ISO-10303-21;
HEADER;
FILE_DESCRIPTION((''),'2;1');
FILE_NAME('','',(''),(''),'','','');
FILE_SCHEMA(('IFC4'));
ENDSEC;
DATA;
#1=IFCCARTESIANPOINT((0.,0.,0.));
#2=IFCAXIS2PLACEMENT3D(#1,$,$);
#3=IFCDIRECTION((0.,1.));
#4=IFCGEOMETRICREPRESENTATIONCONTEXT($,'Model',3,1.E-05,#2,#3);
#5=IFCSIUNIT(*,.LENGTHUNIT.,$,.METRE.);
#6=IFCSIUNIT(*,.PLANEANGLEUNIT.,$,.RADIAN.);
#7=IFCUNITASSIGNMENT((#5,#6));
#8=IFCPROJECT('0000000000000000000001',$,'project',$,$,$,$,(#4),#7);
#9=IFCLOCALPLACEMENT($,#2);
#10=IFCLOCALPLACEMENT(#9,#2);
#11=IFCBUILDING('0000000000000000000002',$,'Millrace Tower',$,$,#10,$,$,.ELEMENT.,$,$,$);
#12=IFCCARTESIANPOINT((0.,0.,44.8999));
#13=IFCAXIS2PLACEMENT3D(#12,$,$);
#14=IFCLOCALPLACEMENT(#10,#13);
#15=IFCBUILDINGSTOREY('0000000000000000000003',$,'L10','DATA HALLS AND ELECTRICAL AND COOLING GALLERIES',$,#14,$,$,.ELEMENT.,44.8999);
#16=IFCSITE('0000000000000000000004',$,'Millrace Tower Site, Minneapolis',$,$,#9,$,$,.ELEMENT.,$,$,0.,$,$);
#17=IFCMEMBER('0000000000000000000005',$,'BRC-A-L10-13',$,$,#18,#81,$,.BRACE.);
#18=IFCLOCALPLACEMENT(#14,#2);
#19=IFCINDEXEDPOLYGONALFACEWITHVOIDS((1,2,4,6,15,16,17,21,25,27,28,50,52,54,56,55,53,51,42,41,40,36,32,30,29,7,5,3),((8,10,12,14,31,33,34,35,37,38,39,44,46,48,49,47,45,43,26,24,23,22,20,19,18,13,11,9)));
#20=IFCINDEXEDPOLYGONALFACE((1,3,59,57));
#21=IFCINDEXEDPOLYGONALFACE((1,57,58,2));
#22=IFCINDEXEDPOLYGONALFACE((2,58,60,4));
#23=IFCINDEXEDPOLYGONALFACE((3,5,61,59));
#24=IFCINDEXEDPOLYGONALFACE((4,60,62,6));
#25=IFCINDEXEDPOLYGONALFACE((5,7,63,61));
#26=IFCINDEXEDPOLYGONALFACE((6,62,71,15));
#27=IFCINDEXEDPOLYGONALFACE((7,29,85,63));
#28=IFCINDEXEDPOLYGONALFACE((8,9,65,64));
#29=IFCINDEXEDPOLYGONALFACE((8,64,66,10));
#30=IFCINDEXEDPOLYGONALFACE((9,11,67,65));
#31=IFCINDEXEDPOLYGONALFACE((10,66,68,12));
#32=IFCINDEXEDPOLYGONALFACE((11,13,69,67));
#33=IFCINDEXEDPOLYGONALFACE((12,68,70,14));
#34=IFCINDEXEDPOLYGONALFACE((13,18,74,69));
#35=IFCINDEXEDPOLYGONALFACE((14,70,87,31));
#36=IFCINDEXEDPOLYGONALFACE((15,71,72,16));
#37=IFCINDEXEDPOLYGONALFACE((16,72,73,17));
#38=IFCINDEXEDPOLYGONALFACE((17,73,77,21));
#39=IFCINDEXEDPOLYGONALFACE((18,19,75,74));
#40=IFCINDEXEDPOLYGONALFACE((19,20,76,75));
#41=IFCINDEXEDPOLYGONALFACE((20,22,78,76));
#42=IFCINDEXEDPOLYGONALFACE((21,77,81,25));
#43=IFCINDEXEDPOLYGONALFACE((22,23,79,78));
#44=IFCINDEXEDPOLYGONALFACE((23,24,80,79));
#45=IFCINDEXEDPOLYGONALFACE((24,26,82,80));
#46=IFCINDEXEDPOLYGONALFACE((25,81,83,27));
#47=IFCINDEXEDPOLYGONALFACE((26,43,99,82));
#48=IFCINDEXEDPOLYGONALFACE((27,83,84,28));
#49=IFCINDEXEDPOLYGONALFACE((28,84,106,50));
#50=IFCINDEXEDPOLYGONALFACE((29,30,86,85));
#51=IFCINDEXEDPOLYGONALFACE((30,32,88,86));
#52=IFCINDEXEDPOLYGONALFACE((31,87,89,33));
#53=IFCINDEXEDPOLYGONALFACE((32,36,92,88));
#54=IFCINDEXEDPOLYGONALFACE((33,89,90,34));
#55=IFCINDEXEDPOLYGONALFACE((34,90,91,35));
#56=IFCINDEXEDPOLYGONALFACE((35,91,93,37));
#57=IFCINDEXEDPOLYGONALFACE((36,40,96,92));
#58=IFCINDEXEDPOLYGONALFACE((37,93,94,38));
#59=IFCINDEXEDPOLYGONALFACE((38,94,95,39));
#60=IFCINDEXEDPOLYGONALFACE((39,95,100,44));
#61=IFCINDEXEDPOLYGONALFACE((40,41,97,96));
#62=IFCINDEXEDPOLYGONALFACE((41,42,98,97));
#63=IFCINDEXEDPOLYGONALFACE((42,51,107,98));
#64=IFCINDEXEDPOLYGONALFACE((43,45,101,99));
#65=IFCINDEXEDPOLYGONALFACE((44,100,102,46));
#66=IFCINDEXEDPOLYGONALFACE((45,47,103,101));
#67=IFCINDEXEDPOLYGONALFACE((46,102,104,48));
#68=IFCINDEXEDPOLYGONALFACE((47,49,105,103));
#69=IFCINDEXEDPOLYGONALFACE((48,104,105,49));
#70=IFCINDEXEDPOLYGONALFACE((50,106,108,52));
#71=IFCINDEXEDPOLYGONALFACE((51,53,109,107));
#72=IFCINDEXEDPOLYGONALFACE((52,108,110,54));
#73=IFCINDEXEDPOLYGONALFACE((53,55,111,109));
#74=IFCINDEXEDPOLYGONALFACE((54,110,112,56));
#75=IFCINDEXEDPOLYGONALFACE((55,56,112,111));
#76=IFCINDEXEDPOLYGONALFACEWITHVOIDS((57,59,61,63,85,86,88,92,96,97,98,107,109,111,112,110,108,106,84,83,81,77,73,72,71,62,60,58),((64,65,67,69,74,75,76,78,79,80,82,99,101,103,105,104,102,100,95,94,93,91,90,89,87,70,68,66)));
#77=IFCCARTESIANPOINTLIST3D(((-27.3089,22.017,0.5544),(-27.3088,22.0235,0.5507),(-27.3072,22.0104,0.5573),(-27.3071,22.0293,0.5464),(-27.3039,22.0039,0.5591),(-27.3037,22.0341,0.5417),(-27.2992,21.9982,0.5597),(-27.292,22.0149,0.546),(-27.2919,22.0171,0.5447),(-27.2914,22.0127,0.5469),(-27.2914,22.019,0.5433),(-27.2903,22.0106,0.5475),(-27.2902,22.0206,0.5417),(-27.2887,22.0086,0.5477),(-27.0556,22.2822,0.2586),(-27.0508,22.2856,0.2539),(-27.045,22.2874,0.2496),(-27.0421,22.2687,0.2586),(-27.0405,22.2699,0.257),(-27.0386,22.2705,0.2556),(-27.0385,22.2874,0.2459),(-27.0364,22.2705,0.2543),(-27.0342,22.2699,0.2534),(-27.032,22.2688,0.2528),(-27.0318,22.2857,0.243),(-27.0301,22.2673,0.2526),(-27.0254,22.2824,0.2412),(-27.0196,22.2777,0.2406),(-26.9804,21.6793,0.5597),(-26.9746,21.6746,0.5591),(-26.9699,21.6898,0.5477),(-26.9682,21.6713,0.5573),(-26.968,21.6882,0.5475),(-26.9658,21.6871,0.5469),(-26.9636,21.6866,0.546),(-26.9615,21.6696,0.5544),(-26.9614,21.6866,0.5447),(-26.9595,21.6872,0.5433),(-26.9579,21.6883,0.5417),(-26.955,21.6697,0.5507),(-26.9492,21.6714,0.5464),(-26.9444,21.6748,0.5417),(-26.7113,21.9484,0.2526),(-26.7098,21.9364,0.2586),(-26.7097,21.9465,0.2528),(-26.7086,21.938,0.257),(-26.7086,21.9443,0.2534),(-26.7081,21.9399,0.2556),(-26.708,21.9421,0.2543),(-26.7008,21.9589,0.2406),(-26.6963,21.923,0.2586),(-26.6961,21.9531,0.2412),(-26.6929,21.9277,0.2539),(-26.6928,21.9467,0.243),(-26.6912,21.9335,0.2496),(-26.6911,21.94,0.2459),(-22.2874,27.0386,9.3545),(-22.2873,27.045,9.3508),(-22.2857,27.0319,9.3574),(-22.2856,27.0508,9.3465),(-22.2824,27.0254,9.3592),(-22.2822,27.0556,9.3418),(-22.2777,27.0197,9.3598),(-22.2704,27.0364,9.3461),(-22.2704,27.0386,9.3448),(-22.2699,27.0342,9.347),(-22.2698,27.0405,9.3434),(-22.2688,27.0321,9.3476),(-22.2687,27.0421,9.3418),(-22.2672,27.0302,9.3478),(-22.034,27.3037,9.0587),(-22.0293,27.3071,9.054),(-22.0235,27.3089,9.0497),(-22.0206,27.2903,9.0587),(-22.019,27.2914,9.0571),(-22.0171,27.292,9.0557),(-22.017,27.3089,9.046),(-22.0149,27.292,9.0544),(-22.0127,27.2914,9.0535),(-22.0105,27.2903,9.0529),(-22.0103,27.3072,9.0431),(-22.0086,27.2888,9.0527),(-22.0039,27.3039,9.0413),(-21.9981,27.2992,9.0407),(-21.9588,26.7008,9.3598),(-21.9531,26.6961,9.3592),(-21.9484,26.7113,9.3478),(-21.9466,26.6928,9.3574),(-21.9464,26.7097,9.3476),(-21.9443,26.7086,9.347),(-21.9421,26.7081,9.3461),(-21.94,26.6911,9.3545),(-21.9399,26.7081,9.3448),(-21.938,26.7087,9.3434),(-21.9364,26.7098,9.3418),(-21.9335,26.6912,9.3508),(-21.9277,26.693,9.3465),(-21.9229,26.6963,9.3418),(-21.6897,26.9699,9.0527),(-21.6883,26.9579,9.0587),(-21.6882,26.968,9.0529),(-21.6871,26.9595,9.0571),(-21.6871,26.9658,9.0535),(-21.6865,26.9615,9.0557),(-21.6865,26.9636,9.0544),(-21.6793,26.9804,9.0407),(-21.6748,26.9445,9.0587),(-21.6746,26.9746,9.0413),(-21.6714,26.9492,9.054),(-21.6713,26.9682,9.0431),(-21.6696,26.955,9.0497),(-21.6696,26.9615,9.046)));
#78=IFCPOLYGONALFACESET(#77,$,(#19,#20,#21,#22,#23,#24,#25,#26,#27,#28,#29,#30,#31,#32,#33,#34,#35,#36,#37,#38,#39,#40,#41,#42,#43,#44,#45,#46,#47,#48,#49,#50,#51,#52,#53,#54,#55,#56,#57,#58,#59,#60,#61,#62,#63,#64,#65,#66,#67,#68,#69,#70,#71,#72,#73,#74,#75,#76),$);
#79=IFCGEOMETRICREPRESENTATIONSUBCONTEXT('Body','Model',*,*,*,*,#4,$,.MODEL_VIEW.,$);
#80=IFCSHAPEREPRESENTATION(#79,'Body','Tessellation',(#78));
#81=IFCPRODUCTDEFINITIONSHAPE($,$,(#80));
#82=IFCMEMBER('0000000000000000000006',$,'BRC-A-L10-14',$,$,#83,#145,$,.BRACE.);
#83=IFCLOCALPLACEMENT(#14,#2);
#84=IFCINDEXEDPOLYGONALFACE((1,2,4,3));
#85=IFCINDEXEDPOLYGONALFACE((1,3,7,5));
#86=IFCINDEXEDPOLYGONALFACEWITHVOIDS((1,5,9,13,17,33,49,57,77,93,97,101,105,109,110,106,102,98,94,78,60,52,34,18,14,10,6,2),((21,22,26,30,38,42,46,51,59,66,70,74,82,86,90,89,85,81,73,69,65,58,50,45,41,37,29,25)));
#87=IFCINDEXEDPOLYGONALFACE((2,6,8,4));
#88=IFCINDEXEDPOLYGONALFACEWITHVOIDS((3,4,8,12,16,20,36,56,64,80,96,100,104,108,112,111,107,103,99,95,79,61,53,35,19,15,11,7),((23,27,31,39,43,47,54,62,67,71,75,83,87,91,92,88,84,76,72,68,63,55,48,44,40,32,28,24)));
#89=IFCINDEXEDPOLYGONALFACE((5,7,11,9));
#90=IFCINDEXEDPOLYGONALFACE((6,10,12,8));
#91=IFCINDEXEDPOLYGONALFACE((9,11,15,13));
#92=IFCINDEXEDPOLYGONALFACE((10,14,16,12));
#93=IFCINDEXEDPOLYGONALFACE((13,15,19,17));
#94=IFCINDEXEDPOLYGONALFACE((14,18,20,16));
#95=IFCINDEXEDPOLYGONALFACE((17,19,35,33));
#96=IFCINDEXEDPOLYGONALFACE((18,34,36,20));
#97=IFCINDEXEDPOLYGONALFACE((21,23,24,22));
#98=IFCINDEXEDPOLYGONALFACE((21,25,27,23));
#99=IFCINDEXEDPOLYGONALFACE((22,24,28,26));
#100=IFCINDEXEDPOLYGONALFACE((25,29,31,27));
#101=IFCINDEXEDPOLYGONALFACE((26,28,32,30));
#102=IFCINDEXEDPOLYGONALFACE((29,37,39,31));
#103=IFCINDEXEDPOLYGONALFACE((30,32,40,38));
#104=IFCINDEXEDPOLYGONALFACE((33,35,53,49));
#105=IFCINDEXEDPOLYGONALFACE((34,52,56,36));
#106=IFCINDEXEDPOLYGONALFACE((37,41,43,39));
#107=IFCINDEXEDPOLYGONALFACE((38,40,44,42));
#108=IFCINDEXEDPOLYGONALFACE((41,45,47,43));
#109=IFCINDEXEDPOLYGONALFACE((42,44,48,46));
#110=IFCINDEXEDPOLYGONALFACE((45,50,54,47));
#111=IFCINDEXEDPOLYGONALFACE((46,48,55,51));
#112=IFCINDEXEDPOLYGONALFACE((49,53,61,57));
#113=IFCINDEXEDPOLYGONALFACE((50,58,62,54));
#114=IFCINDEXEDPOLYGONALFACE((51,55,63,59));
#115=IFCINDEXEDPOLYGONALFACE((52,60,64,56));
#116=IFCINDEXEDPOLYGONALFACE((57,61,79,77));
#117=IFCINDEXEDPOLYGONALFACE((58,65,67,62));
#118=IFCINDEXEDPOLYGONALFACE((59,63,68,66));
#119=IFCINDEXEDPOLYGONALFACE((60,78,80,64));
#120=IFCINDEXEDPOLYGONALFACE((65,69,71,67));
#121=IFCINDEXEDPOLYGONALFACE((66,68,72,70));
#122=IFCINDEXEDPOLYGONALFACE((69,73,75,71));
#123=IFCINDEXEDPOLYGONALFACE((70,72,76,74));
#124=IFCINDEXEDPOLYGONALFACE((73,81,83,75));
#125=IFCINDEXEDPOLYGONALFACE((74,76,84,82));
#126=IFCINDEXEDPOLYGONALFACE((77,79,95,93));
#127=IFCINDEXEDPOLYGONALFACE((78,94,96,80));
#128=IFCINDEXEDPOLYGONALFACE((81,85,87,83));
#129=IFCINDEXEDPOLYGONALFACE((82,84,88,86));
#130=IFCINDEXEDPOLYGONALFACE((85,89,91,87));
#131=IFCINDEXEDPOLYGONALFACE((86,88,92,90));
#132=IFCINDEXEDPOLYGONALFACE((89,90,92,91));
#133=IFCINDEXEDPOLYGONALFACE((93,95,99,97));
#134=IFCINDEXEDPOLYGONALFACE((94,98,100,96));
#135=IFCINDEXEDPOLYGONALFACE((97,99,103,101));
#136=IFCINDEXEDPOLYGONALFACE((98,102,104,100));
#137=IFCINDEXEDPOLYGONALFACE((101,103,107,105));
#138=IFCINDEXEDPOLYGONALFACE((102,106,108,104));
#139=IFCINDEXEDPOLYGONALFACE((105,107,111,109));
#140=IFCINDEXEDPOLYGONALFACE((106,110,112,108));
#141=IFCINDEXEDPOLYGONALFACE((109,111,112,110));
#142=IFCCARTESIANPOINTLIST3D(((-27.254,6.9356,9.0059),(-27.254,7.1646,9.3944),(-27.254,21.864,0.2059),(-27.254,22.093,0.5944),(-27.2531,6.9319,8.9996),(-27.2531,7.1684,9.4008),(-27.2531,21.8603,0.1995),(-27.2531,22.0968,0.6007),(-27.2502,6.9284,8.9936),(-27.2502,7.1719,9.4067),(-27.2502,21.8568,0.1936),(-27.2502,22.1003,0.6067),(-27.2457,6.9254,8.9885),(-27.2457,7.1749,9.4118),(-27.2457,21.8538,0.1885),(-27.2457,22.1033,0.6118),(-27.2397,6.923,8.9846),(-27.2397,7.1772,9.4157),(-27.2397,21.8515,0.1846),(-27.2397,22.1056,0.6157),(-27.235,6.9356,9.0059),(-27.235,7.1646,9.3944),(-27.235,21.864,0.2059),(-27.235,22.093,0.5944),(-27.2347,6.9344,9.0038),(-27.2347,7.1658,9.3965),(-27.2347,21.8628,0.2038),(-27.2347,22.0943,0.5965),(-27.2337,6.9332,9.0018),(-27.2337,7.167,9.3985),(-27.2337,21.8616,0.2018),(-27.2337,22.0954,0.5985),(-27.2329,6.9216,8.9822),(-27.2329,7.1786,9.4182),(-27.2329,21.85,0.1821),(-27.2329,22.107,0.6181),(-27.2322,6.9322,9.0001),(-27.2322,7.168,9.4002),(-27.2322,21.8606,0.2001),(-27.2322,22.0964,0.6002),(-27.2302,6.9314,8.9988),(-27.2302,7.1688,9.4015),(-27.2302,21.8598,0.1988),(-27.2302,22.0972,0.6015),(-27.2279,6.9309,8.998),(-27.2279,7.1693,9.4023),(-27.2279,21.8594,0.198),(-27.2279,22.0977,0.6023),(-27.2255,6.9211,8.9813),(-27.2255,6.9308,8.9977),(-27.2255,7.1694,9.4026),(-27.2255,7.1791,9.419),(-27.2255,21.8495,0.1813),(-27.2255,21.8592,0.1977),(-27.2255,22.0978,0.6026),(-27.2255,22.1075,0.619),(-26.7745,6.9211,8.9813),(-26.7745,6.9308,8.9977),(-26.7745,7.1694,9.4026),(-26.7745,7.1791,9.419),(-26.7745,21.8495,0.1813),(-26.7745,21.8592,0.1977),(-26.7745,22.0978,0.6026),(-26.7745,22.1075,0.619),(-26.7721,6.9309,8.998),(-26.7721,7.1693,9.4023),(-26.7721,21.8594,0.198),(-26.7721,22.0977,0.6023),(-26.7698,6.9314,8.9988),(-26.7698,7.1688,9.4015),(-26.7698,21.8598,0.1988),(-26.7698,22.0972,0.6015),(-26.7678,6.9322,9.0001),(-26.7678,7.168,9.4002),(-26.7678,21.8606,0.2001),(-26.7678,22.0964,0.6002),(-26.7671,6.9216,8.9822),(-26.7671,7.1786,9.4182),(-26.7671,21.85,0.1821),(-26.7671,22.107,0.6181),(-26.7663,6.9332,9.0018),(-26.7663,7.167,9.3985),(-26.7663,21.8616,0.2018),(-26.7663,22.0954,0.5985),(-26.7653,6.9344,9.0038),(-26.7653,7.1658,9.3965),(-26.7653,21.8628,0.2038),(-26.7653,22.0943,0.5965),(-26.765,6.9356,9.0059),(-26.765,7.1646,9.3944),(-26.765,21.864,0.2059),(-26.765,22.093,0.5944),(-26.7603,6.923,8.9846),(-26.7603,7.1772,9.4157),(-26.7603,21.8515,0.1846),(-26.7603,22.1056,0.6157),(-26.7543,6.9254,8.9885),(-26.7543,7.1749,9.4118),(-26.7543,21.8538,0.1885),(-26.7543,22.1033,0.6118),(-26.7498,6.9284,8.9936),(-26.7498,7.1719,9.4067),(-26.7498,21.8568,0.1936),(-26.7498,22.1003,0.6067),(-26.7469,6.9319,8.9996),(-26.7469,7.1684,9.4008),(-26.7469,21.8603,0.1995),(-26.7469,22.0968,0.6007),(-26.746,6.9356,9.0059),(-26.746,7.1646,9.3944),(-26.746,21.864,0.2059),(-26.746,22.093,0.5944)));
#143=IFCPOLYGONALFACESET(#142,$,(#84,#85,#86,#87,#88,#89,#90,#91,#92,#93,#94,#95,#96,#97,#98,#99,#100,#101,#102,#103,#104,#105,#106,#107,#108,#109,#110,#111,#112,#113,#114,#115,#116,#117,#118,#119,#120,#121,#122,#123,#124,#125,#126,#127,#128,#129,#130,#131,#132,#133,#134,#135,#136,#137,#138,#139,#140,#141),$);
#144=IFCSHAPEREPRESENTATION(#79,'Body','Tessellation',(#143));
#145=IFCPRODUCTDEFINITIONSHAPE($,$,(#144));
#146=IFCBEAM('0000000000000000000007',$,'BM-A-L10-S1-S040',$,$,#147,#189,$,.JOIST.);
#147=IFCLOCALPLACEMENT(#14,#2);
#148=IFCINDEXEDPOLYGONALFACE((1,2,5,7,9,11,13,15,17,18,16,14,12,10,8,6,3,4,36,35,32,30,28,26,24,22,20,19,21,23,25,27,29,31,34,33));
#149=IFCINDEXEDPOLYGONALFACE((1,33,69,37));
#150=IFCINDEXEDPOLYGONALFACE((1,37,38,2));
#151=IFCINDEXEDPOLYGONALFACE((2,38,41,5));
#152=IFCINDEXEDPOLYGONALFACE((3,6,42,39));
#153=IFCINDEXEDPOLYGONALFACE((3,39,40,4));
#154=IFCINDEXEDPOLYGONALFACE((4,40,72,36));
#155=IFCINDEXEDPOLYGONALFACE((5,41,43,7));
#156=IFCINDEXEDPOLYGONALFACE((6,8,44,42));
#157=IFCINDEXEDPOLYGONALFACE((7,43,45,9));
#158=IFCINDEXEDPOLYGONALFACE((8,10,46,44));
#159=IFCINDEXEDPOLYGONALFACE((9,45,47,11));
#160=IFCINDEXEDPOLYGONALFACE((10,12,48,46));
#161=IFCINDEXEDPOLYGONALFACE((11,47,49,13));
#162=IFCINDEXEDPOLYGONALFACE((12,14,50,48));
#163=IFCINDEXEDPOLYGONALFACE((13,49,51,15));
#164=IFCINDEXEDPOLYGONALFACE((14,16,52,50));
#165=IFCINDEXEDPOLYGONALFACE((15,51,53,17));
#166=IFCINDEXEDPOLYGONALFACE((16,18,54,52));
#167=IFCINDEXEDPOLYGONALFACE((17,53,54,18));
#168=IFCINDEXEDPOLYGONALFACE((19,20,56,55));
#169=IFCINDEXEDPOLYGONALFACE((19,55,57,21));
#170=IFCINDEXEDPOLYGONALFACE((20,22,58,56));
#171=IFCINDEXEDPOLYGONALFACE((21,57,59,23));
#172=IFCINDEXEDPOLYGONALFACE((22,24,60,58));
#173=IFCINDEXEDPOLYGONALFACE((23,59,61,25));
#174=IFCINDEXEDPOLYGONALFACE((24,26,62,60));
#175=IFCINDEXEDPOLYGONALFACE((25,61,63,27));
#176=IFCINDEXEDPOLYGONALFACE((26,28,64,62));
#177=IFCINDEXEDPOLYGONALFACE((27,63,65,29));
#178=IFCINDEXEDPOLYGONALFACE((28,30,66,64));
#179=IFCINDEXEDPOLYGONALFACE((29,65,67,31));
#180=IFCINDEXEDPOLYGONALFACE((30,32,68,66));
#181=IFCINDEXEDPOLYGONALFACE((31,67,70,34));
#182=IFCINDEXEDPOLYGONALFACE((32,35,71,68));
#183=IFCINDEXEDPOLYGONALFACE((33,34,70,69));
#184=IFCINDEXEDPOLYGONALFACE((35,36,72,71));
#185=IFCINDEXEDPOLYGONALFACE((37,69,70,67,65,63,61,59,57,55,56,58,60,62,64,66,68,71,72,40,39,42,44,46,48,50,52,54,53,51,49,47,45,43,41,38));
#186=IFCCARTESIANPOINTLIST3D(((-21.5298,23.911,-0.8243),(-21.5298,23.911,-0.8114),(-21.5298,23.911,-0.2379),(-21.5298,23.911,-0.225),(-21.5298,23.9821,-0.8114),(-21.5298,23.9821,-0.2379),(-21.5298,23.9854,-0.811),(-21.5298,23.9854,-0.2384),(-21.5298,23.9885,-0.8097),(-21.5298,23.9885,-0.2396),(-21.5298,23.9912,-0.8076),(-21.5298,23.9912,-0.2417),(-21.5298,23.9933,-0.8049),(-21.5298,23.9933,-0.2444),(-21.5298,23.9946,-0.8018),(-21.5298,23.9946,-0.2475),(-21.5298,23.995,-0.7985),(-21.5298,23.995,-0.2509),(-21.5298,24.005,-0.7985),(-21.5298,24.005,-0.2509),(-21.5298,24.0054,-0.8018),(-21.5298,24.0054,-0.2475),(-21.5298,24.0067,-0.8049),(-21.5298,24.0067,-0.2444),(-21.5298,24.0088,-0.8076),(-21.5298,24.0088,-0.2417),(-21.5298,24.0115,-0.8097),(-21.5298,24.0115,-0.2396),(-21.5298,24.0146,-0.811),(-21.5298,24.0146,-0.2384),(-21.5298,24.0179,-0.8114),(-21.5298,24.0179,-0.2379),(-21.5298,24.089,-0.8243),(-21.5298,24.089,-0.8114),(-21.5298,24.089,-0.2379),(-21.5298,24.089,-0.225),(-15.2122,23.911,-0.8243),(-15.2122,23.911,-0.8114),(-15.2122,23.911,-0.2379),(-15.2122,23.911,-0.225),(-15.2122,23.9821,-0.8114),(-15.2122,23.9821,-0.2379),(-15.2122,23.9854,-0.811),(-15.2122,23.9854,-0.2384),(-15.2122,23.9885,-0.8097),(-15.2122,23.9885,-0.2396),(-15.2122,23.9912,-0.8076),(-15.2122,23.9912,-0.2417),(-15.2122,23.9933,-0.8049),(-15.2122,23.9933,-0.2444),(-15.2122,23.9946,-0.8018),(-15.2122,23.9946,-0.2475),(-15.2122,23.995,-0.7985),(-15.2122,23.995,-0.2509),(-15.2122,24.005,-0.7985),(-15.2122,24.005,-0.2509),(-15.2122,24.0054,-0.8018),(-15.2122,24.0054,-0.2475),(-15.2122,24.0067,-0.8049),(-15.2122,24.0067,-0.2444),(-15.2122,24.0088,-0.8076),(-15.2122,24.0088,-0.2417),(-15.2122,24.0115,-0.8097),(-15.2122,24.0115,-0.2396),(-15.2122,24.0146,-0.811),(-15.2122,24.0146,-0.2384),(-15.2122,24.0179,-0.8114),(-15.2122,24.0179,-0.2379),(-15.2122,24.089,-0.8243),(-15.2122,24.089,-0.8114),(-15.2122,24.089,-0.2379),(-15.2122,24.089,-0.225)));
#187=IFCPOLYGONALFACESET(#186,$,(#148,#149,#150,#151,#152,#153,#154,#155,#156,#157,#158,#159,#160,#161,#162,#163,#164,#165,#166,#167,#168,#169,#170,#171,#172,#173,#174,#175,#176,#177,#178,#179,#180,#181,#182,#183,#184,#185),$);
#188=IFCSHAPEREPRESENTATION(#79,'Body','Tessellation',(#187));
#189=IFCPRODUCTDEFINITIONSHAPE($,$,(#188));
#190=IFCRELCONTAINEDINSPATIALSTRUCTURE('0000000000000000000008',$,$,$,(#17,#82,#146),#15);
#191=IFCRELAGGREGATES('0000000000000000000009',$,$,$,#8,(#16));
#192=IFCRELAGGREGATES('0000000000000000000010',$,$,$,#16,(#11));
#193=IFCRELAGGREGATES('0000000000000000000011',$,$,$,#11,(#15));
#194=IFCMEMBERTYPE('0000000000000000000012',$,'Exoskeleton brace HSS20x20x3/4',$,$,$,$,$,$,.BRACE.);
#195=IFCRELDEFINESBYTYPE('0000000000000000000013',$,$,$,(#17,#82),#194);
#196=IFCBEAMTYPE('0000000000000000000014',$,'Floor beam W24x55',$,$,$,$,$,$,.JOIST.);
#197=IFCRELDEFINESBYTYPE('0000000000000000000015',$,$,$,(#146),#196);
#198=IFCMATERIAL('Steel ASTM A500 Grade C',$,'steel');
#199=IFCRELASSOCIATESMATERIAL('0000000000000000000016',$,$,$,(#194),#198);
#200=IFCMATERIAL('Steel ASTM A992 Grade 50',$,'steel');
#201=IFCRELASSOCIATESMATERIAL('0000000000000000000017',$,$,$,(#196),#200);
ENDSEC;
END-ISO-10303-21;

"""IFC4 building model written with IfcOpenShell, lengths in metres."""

from ifc_helpers import new_model, si_unit, direction, frame, origin, origin_2d, place, context, subcontext, project, spatial, hollow_rectangle, i_section, extrude, material, material_profile, profile_set, type_object, element, save


model = new_model("IFC4")

# Units and contexts
model_context = context("Model", 3, precision=1e-05, world=origin(), true_north=direction((0.0, 1.0)))
body_context = subcontext(model_context, "Body", "Model", "MODEL_VIEW")
ifc_project = project(units=[si_unit("LENGTHUNIT", "METRE"), si_unit("PLANEANGLEUNIT", "RADIAN")], contexts=[model_context])

# Site, building, storey
site_placement = place(None, origin())
site = spatial("IfcSite", under=ifc_project, at=site_placement, Name="Millrace Tower Site, Minneapolis", CompositionType="ELEMENT", RefElevation=0.0)
building_placement = place(site_placement, origin())
building = spatial("IfcBuilding", under=site, at=building_placement, Name="Millrace Tower", CompositionType="ELEMENT")
storey_placement = place(building_placement, frame((0.0, 0.0, 44.8999)))
storey = spatial("IfcBuildingStorey", under=building, at=storey_placement, Name="L10", Description="DATA HALLS AND ELECTRICAL AND COOLING GALLERIES", CompositionType="ELEMENT", Elevation=44.8999)

# Members
ifc_material_1 = material(Name="Steel ASTM A500 Grade C", Category="steel")
ifc_material_profile_1 = material_profile(ifc_material_1, hollow_rectangle(XDim=0.5081, YDim=0.5081, WallThickness=0.019, InnerFilletRadius=0.0095, OuterFilletRadius=0.0286, at=origin_2d()))
ifc_profile_set_1 = profile_set([ifc_material_profile_1], Name="Steel ASTM A500 Grade C")
member_type_1 = type_object("IfcMemberType", Name="Exoskeleton brace HSS20x20x3/4", PredefinedType="BRACE", material=ifc_profile_set_1)
member_1_placement = place(storey_placement, frame((-27.0, 21.9785, 0.4001), z_axis=(0.444064, 0.444064, 0.778213), x_axis=(-0.707107, 0.707107, 0.0)))
element("IfcMember", 1, at=member_1_placement, inside=storey, type_object=member_type_1, Name="BRC-A-L10-13", PredefinedType="BRACE", context=body_context, shape_type="SweptSolid", body=[
    extrude(hollow_rectangle(XDim=0.5081, YDim=0.5081, WallThickness=0.019, InnerFilletRadius=0.0095, OuterFilletRadius=0.0286, at=origin_2d()), origin(), (0.0, 0.0, 1.0), 11.3081),
])
member_2_placement = place(storey_placement, frame((-27.0, 21.9785, 0.4001), z_axis=(0.0, -0.861465, 0.507817), x_axis=(1.0, 0.0, 0.0)))
element("IfcMember", 2, at=member_2_placement, inside=storey, type_object=member_type_1, Name="BRC-A-L10-14", PredefinedType="BRACE", context=body_context, shape_type="SweptSolid", body=[
    extrude(hollow_rectangle(XDim=0.5081, YDim=0.5081, WallThickness=0.019, InnerFilletRadius=0.0095, OuterFilletRadius=0.0286, at=origin_2d()), origin(), (0.0, 0.0, 1.0), 17.3291),
])

# Beam
ifc_material_2 = material(Name="Steel ASTM A992 Grade 50", Category="steel")
ifc_material_profile_2 = material_profile(ifc_material_2, i_section(OverallWidth=0.178, OverallDepth=0.5994, WebThickness=0.01, FlangeThickness=0.0129, FilletRadius=0.0129, at=origin_2d()))
ifc_profile_set_2 = profile_set([ifc_material_profile_2], Name="Steel ASTM A992 Grade 50")
beam_type_1 = type_object("IfcBeamType", Name="Floor beam W24x55", PredefinedType="JOIST", material=ifc_profile_set_2)
beam_1_placement = place(storey_placement, frame((-21.5298, 24.0, -0.5247), z_axis=(1.0, 0.0, 0.0), x_axis=(0.0, 1.0, 0.0)))
element("IfcBeam", 3, at=beam_1_placement, inside=storey, type_object=beam_type_1, Name="BM-A-L10-S1-S040", PredefinedType="JOIST", context=body_context, shape_type="SweptSolid", body=[
    extrude(i_section(OverallWidth=0.178, OverallDepth=0.5994, WebThickness=0.01, FlangeThickness=0.0129, FilletRadius=0.0129, at=origin_2d()), origin(), (0.0, 0.0, 1.0), 6.3176),
])

save(model, "model.ifc")
